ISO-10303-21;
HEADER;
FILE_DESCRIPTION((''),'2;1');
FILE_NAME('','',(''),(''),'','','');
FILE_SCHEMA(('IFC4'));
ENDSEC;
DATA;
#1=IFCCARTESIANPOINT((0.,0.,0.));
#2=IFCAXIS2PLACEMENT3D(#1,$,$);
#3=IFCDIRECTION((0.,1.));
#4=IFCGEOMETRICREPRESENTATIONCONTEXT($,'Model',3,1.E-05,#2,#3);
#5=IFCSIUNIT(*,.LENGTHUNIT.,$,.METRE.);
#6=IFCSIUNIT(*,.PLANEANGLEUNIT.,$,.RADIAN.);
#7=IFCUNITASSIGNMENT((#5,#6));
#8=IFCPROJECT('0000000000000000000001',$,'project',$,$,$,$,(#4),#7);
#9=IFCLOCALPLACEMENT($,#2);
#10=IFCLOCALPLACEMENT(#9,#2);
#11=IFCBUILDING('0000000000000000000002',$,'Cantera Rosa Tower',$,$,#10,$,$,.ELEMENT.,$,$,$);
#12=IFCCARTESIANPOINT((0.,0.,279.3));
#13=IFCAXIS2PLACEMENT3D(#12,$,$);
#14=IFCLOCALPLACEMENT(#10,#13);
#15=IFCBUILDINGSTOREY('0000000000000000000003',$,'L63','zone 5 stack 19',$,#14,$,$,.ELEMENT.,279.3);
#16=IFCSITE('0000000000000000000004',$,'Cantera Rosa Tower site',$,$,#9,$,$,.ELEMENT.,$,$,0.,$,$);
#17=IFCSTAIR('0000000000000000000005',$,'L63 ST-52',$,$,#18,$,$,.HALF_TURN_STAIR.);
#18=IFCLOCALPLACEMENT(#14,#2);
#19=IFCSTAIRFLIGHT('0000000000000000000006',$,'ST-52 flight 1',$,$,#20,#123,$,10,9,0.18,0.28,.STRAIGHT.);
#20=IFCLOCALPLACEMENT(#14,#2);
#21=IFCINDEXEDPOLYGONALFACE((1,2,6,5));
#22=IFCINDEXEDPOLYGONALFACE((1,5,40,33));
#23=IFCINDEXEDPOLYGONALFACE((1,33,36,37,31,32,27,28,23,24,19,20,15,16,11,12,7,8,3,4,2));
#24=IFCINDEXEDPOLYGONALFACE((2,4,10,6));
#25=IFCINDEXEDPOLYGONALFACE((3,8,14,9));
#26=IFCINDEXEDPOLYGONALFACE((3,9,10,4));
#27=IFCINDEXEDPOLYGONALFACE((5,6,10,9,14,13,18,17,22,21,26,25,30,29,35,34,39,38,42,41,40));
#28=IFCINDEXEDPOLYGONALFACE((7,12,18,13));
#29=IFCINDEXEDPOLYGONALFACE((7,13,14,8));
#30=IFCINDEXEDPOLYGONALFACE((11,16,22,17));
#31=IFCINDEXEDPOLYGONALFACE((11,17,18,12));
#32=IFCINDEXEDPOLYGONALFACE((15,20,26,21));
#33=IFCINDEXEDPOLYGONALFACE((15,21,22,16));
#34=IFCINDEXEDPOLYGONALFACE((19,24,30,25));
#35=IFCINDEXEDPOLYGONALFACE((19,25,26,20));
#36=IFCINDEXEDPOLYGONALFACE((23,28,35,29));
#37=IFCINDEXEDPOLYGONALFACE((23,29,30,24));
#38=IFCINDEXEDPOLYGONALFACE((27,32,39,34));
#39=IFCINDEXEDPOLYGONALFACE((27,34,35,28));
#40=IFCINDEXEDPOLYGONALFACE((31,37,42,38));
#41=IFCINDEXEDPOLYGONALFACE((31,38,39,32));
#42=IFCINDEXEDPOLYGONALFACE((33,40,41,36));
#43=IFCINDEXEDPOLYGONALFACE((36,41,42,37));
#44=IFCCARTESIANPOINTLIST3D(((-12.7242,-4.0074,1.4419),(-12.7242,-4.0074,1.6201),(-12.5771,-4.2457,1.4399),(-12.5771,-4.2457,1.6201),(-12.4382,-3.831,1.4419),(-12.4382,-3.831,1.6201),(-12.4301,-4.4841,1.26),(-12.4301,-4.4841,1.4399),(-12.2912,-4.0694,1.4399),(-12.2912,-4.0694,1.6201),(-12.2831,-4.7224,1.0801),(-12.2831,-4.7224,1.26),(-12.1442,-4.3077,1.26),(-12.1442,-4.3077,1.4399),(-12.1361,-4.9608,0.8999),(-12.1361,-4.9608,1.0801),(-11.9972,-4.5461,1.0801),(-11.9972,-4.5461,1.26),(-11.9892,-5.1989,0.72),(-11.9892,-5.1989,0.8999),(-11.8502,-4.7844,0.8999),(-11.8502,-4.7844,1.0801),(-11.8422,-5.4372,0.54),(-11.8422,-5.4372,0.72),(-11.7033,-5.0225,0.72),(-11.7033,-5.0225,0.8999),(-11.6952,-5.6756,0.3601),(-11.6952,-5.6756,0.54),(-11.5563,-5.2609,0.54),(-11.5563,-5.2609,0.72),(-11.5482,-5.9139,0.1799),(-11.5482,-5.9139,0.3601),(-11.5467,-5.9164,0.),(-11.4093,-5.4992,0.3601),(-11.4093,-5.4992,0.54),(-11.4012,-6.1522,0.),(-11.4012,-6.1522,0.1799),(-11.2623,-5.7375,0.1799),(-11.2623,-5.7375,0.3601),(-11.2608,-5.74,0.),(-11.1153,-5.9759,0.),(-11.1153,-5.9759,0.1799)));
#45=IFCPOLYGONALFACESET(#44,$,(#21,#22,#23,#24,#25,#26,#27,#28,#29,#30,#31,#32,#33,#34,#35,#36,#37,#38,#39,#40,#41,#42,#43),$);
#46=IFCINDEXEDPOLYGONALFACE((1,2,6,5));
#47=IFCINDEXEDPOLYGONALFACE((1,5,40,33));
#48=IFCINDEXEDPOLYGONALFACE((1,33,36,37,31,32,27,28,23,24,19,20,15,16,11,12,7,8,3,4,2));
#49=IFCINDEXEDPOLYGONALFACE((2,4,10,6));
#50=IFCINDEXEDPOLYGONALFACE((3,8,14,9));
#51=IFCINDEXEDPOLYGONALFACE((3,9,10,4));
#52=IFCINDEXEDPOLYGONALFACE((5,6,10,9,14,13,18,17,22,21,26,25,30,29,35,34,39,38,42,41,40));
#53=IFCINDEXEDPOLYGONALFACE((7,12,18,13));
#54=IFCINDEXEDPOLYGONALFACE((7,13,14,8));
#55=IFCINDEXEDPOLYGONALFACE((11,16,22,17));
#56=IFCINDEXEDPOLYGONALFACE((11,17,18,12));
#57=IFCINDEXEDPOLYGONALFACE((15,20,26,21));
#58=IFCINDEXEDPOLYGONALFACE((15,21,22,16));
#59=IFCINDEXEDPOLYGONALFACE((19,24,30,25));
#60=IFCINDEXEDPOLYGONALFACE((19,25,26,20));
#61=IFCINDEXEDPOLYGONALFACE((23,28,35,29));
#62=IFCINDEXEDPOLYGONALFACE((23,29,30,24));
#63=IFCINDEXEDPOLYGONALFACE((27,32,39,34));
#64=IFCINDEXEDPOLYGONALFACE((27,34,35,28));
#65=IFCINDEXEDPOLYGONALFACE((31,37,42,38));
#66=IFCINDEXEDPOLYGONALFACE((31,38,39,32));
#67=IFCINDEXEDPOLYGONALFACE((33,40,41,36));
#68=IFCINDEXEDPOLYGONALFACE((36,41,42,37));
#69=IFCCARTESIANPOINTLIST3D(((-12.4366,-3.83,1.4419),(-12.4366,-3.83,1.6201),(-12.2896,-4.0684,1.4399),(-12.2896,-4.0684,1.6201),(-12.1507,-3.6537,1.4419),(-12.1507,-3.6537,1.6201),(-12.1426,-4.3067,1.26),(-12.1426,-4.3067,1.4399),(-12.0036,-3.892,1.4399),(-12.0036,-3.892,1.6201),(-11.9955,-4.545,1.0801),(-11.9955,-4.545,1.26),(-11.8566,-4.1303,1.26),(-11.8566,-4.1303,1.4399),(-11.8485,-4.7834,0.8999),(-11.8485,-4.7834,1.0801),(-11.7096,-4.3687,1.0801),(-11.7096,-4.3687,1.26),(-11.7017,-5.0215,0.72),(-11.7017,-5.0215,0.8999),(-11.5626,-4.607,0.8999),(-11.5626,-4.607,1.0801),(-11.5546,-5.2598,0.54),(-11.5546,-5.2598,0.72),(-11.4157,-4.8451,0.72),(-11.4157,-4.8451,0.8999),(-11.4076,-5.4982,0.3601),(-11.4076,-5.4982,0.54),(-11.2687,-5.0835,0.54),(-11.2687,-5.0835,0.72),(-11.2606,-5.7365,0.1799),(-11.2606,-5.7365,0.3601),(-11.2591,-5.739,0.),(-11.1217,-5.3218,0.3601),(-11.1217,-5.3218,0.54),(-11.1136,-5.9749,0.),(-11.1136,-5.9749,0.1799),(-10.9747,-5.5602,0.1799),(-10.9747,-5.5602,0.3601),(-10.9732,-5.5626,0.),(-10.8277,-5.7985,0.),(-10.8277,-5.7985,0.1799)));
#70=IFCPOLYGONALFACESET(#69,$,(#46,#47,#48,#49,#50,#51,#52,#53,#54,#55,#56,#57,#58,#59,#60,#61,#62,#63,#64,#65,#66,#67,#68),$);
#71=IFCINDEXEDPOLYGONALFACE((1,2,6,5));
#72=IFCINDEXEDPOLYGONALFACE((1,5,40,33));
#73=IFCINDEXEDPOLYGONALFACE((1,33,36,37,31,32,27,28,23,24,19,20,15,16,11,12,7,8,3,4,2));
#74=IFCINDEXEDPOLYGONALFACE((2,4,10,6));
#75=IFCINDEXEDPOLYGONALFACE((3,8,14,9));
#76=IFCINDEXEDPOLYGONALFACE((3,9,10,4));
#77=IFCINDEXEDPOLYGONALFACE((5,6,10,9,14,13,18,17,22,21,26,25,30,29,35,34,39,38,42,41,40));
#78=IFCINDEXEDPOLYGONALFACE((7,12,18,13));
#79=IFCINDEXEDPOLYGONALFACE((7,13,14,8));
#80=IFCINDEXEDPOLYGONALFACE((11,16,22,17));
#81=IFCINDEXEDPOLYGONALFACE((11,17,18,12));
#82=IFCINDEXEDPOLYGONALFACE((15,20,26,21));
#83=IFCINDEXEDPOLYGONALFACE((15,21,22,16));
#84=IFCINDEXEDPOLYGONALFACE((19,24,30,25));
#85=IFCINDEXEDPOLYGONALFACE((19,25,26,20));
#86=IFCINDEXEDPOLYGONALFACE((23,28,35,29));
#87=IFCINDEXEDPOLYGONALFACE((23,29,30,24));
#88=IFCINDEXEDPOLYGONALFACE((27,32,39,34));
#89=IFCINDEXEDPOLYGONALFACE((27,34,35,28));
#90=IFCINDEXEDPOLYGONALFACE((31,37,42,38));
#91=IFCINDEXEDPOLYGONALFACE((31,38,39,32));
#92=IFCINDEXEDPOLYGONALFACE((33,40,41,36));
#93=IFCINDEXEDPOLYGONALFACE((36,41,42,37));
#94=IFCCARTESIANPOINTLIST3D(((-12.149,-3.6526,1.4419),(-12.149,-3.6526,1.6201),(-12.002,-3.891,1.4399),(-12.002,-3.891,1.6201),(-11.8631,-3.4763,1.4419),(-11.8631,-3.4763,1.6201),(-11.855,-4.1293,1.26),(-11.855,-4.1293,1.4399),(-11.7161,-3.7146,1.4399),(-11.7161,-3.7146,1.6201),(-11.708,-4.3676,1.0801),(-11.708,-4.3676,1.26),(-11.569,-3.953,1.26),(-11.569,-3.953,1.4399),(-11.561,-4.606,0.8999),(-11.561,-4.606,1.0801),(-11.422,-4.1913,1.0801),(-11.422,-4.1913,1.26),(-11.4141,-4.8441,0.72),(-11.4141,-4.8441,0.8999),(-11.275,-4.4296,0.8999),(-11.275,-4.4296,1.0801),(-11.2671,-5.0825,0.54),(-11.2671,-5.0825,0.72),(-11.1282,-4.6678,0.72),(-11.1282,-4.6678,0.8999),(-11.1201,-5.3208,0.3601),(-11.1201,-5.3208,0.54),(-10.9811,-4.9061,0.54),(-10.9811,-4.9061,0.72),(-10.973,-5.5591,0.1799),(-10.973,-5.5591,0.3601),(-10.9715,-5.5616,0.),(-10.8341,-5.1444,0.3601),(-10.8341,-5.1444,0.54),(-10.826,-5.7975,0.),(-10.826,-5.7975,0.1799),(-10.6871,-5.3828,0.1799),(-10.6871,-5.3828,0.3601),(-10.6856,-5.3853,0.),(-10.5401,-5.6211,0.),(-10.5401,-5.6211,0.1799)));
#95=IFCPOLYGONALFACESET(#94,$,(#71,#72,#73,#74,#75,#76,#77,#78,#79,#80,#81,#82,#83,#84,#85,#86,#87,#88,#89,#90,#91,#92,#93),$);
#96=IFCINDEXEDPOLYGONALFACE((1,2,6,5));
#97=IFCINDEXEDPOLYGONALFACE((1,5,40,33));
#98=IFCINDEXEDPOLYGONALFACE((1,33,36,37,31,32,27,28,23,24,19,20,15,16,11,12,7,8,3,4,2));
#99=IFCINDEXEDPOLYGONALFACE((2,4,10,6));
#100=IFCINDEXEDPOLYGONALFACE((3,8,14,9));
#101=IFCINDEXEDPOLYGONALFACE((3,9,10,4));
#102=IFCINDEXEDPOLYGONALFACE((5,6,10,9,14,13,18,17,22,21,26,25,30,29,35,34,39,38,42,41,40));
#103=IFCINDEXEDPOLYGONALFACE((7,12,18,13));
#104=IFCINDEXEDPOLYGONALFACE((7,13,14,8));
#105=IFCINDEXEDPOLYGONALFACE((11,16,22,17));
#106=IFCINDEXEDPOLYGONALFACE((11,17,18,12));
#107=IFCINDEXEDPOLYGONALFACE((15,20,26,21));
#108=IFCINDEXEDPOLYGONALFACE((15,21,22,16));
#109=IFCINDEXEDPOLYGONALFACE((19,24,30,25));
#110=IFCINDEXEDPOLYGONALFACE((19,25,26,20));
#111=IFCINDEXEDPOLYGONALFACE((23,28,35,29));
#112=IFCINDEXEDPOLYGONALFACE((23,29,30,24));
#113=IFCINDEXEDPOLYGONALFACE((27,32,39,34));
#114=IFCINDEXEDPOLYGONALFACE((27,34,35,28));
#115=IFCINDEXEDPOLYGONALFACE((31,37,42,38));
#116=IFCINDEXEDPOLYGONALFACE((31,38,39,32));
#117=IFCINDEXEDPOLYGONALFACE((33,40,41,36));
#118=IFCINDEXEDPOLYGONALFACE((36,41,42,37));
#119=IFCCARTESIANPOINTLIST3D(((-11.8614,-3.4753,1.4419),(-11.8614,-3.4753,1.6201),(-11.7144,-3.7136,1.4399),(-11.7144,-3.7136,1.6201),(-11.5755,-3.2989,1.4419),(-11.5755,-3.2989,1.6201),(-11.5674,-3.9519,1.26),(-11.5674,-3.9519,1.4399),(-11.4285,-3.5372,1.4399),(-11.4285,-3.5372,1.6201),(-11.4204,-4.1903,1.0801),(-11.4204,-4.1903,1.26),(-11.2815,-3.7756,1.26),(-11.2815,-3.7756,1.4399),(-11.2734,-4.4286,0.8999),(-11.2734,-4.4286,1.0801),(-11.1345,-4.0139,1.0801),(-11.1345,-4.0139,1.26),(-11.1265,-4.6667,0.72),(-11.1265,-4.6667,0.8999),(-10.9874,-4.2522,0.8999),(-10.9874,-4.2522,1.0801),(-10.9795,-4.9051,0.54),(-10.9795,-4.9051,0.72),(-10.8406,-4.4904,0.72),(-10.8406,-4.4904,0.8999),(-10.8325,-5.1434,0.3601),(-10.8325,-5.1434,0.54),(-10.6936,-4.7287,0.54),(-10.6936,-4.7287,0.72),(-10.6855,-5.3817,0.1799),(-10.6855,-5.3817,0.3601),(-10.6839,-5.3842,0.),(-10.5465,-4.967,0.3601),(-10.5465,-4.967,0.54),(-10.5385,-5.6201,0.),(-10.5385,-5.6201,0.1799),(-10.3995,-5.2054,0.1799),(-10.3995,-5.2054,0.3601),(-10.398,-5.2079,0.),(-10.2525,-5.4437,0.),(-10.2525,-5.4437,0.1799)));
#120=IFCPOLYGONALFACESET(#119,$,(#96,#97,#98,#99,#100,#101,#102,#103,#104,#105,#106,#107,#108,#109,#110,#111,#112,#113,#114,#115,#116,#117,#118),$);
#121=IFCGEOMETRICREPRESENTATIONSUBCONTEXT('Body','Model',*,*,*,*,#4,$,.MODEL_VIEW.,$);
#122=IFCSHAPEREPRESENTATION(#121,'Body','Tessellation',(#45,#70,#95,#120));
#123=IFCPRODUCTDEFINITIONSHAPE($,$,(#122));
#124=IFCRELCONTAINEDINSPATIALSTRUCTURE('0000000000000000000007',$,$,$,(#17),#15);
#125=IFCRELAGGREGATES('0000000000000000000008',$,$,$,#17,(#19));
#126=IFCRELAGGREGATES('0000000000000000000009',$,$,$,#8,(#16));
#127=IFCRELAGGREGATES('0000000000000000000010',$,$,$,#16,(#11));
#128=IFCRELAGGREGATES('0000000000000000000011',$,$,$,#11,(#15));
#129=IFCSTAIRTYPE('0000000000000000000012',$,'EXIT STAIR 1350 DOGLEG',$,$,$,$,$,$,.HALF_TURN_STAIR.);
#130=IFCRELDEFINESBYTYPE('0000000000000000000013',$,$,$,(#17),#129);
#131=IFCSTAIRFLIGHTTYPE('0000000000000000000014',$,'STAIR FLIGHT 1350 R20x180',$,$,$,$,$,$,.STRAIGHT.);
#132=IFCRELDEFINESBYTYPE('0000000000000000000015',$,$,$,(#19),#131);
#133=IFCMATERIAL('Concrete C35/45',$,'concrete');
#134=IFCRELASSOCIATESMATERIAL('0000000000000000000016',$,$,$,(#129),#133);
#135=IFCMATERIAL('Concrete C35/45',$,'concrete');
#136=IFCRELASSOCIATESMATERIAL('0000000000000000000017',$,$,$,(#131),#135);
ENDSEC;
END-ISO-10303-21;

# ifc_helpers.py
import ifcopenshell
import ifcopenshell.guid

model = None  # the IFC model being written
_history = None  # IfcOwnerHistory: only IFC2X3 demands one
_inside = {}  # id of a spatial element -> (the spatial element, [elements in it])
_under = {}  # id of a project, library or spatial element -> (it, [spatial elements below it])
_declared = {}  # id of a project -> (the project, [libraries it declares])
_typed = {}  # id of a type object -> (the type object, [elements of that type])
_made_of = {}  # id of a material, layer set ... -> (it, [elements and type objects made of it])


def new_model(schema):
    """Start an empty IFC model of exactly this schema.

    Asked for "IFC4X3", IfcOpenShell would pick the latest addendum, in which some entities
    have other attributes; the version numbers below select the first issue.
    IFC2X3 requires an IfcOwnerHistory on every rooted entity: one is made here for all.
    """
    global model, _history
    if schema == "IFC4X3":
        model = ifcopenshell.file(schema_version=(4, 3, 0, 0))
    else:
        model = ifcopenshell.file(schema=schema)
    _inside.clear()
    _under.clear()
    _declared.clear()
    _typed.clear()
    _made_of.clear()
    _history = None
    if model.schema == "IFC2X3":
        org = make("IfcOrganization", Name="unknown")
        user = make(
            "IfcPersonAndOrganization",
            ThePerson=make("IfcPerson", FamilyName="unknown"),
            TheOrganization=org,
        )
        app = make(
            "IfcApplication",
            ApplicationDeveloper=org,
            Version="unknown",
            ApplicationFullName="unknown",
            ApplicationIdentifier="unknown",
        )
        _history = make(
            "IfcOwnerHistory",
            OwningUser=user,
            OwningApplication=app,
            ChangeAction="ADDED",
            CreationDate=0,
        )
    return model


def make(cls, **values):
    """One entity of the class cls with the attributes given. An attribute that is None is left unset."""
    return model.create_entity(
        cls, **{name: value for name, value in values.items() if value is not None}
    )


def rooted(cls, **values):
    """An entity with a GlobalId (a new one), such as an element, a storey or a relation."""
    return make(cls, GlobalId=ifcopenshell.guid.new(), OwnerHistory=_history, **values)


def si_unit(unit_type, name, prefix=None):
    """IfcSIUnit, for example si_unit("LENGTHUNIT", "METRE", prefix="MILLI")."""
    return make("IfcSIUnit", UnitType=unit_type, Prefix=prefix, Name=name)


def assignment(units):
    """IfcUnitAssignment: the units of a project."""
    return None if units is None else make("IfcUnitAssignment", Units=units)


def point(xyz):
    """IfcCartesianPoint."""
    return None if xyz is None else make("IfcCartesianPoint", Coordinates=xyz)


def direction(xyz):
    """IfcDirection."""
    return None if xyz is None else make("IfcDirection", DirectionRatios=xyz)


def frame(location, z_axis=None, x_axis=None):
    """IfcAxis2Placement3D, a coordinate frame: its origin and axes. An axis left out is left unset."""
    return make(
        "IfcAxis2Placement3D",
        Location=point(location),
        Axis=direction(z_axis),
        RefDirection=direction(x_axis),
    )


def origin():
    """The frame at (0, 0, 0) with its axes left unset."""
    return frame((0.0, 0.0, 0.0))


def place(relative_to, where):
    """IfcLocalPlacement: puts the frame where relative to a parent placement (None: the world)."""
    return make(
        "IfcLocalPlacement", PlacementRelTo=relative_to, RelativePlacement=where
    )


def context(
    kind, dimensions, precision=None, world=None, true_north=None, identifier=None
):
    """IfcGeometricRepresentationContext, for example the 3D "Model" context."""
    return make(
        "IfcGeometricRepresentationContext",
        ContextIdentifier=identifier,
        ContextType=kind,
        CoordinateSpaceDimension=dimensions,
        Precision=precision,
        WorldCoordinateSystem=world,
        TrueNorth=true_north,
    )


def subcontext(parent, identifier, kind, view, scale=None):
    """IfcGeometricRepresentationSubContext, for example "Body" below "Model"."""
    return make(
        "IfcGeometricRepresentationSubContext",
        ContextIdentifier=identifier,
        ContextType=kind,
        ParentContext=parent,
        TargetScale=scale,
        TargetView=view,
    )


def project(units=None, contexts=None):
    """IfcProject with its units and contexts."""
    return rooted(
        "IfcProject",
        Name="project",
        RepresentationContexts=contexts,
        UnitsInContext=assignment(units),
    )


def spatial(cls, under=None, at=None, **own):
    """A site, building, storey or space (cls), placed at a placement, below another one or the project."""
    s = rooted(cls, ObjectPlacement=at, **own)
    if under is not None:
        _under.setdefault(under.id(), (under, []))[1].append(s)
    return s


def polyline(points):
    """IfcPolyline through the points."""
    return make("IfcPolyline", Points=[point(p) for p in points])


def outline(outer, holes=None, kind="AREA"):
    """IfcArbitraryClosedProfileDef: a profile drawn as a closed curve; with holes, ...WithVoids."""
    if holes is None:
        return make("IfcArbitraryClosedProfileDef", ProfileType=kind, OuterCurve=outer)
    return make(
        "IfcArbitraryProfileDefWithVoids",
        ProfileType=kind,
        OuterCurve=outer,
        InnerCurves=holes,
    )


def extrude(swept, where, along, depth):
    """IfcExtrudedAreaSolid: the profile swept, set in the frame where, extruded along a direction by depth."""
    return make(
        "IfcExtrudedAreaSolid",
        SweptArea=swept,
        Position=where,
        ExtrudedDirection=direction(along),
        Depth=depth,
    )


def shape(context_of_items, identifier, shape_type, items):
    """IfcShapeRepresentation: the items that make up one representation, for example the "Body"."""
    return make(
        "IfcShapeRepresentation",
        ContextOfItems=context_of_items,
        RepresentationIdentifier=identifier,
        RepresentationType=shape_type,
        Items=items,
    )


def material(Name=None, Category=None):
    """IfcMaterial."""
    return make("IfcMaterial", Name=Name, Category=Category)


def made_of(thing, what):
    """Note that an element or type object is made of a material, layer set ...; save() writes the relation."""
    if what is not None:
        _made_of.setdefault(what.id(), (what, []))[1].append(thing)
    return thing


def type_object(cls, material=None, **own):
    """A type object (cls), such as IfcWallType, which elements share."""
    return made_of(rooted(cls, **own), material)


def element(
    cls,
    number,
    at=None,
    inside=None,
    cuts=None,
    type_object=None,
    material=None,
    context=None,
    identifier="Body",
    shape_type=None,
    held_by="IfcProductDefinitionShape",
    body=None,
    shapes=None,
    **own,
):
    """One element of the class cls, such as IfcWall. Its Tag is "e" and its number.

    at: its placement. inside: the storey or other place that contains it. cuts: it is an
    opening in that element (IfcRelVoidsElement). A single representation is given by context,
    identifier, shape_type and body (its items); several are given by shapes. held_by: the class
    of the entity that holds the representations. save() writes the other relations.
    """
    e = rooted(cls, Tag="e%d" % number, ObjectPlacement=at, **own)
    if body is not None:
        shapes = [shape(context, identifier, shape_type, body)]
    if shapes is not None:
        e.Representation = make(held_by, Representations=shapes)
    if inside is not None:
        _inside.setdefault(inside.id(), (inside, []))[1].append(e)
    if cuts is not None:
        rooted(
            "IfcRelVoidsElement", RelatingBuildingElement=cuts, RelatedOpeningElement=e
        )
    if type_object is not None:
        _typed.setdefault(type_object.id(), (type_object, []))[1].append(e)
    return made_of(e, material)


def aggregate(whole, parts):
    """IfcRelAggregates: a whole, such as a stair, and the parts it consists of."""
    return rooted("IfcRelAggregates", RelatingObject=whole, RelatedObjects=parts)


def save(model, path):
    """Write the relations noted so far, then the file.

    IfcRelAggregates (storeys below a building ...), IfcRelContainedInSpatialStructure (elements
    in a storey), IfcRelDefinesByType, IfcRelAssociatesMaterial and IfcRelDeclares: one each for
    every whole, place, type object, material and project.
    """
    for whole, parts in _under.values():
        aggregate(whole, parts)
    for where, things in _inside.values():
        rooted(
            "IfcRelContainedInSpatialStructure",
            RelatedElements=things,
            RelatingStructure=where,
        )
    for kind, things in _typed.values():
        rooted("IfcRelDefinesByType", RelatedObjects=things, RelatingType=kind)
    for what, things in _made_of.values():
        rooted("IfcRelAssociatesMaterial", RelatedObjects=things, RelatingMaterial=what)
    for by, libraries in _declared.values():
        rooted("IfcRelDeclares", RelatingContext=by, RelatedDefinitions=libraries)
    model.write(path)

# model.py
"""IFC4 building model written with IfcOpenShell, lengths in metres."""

from ifc_helpers import new_model, si_unit, direction, frame, origin, place, context, subcontext, project, spatial, polyline, outline, extrude, material, type_object, element, aggregate, save


model = new_model("IFC4")

# Units and contexts
model_context = context("Model", 3, precision=1e-05, world=origin(), true_north=direction((0.0, 1.0)))
body_context = subcontext(model_context, "Body", "Model", "MODEL_VIEW")
ifc_project = project(units=[si_unit("LENGTHUNIT", "METRE"), si_unit("PLANEANGLEUNIT", "RADIAN")], contexts=[model_context])

# Site, building, storey
site_placement = place(None, origin())
site = spatial("IfcSite", under=ifc_project, at=site_placement, Name="Cantera Rosa Tower site", CompositionType="ELEMENT", RefElevation=0.0)
building_placement = place(site_placement, origin())
building = spatial("IfcBuilding", under=site, at=building_placement, Name="Cantera Rosa Tower", CompositionType="ELEMENT")
storey_placement = place(building_placement, frame((0.0, 0.0, 279.3)))
storey = spatial("IfcBuildingStorey", under=building, at=storey_placement, Name="L63", Description="zone 5 stack 19", CompositionType="ELEMENT", Elevation=279.3)

# Stair, stair flight
ifc_material_1 = material(Name="Concrete C35/45", Category="concrete")
stair_type = type_object("IfcStairType", Name="EXIT STAIR 1350 DOGLEG", PredefinedType="HALF_TURN_STAIR", material=ifc_material_1)
stair_placement = place(storey_placement, origin())
stair = element("IfcStair", 1, at=stair_placement, inside=storey, type_object=stair_type, Name="L63 ST-52", PredefinedType="HALF_TURN_STAIR")
ifc_material_2 = material(Name="Concrete C35/45", Category="concrete")
stair_flight_type = type_object("IfcStairFlightType", Name="STAIR FLIGHT 1350 R20x180", PredefinedType="STRAIGHT", material=ifc_material_2)
stair_flight_1_placement = place(storey_placement, frame((-10.8267, -5.7979, 0.0), z_axis=(0.0, 0.0, 1.0), x_axis=(-0.524977, 0.851117, 0.0)))
stair_flight_1 = element("IfcStairFlight", 2, at=stair_flight_1_placement, type_object=stair_flight_type, Name="ST-52 flight 1", NumberOfRisers=10, NumberOfTreads=9, PredefinedType="STRAIGHT", RiserHeight=0.18, TreadLength=0.28, context=body_context, shape_type="SweptSolid", body=[
    extrude(outline(polyline([(0.0, 0.0), (0.0, 0.1799), (0.28, 0.1799), (0.28, 0.3601), (0.5601, 0.3601), (0.5601, 0.54), (0.8401, 0.54), (0.8401, 0.72), (1.1201, 0.72), (1.1201, 0.8999), (1.3999, 0.8999), (1.3999, 1.0801), (1.6799, 1.0801), (1.6799, 1.26), (1.96, 1.26), (1.96, 1.4399), (2.24, 1.4399), (2.24, 1.6201), (2.52, 1.6201), (2.52, 1.8), (2.52, 1.4419), (0.2771, 0.0), (0.0, 0.0)])), frame((0.0, 0.675, 0.0), z_axis=(0.0, -1.0, 0.0), x_axis=(1.0, 0.0, 0.0)), (0.0, 0.0, 1.0), 0.3359),
    extrude(outline(polyline([(0.0, 0.0), (0.0, 0.1799), (0.28, 0.1799), (0.28, 0.3601), (0.5601, 0.3601), (0.5601, 0.54), (0.8401, 0.54), (0.8401, 0.72), (1.1201, 0.72), (1.1201, 0.8999), (1.3999, 0.8999), (1.3999, 1.0801), (1.6799, 1.0801), (1.6799, 1.26), (1.96, 1.26), (1.96, 1.4399), (2.24, 1.4399), (2.24, 1.6201), (2.52, 1.6201), (2.52, 1.8), (2.52, 1.4419), (0.2771, 0.0), (0.0, 0.0)])), frame((0.0, 0.3372, 0.0), z_axis=(0.0, -1.0, 0.0), x_axis=(1.0, 0.0, 0.0)), (0.0, 0.0, 1.0), 0.3359),
    extrude(outline(polyline([(0.0, 0.0), (0.0, 0.1799), (0.28, 0.1799), (0.28, 0.3601), (0.5601, 0.3601), (0.5601, 0.54), (0.8401, 0.54), (0.8401, 0.72), (1.1201, 0.72), (1.1201, 0.8999), (1.3999, 0.8999), (1.3999, 1.0801), (1.6799, 1.0801), (1.6799, 1.26), (1.96, 1.26), (1.96, 1.4399), (2.24, 1.4399), (2.24, 1.6201), (2.52, 1.6201), (2.52, 1.8), (2.52, 1.4419), (0.2771, 0.0), (0.0, 0.0)])), frame((0.0, -0.0007, 0.0), z_axis=(0.0, -1.0, 0.0), x_axis=(1.0, 0.0, 0.0)), (0.0, 0.0, 1.0), 0.3359),
    extrude(outline(polyline([(0.0, 0.0), (0.0, 0.1799), (0.28, 0.1799), (0.28, 0.3601), (0.5601, 0.3601), (0.5601, 0.54), (0.8401, 0.54), (0.8401, 0.72), (1.1201, 0.72), (1.1201, 0.8999), (1.3999, 0.8999), (1.3999, 1.0801), (1.6799, 1.0801), (1.6799, 1.26), (1.96, 1.26), (1.96, 1.4399), (2.24, 1.4399), (2.24, 1.6201), (2.52, 1.6201), (2.52, 1.8), (2.52, 1.4419), (0.2771, 0.0), (0.0, 0.0)])), frame((0.0, -0.3386, 0.0), z_axis=(0.0, -1.0, 0.0), x_axis=(1.0, 0.0, 0.0)), (0.0, 0.0, 1.0), 0.3359),
])
aggregate(stair, [stair_flight_1])

save(model, "model.ifc")
